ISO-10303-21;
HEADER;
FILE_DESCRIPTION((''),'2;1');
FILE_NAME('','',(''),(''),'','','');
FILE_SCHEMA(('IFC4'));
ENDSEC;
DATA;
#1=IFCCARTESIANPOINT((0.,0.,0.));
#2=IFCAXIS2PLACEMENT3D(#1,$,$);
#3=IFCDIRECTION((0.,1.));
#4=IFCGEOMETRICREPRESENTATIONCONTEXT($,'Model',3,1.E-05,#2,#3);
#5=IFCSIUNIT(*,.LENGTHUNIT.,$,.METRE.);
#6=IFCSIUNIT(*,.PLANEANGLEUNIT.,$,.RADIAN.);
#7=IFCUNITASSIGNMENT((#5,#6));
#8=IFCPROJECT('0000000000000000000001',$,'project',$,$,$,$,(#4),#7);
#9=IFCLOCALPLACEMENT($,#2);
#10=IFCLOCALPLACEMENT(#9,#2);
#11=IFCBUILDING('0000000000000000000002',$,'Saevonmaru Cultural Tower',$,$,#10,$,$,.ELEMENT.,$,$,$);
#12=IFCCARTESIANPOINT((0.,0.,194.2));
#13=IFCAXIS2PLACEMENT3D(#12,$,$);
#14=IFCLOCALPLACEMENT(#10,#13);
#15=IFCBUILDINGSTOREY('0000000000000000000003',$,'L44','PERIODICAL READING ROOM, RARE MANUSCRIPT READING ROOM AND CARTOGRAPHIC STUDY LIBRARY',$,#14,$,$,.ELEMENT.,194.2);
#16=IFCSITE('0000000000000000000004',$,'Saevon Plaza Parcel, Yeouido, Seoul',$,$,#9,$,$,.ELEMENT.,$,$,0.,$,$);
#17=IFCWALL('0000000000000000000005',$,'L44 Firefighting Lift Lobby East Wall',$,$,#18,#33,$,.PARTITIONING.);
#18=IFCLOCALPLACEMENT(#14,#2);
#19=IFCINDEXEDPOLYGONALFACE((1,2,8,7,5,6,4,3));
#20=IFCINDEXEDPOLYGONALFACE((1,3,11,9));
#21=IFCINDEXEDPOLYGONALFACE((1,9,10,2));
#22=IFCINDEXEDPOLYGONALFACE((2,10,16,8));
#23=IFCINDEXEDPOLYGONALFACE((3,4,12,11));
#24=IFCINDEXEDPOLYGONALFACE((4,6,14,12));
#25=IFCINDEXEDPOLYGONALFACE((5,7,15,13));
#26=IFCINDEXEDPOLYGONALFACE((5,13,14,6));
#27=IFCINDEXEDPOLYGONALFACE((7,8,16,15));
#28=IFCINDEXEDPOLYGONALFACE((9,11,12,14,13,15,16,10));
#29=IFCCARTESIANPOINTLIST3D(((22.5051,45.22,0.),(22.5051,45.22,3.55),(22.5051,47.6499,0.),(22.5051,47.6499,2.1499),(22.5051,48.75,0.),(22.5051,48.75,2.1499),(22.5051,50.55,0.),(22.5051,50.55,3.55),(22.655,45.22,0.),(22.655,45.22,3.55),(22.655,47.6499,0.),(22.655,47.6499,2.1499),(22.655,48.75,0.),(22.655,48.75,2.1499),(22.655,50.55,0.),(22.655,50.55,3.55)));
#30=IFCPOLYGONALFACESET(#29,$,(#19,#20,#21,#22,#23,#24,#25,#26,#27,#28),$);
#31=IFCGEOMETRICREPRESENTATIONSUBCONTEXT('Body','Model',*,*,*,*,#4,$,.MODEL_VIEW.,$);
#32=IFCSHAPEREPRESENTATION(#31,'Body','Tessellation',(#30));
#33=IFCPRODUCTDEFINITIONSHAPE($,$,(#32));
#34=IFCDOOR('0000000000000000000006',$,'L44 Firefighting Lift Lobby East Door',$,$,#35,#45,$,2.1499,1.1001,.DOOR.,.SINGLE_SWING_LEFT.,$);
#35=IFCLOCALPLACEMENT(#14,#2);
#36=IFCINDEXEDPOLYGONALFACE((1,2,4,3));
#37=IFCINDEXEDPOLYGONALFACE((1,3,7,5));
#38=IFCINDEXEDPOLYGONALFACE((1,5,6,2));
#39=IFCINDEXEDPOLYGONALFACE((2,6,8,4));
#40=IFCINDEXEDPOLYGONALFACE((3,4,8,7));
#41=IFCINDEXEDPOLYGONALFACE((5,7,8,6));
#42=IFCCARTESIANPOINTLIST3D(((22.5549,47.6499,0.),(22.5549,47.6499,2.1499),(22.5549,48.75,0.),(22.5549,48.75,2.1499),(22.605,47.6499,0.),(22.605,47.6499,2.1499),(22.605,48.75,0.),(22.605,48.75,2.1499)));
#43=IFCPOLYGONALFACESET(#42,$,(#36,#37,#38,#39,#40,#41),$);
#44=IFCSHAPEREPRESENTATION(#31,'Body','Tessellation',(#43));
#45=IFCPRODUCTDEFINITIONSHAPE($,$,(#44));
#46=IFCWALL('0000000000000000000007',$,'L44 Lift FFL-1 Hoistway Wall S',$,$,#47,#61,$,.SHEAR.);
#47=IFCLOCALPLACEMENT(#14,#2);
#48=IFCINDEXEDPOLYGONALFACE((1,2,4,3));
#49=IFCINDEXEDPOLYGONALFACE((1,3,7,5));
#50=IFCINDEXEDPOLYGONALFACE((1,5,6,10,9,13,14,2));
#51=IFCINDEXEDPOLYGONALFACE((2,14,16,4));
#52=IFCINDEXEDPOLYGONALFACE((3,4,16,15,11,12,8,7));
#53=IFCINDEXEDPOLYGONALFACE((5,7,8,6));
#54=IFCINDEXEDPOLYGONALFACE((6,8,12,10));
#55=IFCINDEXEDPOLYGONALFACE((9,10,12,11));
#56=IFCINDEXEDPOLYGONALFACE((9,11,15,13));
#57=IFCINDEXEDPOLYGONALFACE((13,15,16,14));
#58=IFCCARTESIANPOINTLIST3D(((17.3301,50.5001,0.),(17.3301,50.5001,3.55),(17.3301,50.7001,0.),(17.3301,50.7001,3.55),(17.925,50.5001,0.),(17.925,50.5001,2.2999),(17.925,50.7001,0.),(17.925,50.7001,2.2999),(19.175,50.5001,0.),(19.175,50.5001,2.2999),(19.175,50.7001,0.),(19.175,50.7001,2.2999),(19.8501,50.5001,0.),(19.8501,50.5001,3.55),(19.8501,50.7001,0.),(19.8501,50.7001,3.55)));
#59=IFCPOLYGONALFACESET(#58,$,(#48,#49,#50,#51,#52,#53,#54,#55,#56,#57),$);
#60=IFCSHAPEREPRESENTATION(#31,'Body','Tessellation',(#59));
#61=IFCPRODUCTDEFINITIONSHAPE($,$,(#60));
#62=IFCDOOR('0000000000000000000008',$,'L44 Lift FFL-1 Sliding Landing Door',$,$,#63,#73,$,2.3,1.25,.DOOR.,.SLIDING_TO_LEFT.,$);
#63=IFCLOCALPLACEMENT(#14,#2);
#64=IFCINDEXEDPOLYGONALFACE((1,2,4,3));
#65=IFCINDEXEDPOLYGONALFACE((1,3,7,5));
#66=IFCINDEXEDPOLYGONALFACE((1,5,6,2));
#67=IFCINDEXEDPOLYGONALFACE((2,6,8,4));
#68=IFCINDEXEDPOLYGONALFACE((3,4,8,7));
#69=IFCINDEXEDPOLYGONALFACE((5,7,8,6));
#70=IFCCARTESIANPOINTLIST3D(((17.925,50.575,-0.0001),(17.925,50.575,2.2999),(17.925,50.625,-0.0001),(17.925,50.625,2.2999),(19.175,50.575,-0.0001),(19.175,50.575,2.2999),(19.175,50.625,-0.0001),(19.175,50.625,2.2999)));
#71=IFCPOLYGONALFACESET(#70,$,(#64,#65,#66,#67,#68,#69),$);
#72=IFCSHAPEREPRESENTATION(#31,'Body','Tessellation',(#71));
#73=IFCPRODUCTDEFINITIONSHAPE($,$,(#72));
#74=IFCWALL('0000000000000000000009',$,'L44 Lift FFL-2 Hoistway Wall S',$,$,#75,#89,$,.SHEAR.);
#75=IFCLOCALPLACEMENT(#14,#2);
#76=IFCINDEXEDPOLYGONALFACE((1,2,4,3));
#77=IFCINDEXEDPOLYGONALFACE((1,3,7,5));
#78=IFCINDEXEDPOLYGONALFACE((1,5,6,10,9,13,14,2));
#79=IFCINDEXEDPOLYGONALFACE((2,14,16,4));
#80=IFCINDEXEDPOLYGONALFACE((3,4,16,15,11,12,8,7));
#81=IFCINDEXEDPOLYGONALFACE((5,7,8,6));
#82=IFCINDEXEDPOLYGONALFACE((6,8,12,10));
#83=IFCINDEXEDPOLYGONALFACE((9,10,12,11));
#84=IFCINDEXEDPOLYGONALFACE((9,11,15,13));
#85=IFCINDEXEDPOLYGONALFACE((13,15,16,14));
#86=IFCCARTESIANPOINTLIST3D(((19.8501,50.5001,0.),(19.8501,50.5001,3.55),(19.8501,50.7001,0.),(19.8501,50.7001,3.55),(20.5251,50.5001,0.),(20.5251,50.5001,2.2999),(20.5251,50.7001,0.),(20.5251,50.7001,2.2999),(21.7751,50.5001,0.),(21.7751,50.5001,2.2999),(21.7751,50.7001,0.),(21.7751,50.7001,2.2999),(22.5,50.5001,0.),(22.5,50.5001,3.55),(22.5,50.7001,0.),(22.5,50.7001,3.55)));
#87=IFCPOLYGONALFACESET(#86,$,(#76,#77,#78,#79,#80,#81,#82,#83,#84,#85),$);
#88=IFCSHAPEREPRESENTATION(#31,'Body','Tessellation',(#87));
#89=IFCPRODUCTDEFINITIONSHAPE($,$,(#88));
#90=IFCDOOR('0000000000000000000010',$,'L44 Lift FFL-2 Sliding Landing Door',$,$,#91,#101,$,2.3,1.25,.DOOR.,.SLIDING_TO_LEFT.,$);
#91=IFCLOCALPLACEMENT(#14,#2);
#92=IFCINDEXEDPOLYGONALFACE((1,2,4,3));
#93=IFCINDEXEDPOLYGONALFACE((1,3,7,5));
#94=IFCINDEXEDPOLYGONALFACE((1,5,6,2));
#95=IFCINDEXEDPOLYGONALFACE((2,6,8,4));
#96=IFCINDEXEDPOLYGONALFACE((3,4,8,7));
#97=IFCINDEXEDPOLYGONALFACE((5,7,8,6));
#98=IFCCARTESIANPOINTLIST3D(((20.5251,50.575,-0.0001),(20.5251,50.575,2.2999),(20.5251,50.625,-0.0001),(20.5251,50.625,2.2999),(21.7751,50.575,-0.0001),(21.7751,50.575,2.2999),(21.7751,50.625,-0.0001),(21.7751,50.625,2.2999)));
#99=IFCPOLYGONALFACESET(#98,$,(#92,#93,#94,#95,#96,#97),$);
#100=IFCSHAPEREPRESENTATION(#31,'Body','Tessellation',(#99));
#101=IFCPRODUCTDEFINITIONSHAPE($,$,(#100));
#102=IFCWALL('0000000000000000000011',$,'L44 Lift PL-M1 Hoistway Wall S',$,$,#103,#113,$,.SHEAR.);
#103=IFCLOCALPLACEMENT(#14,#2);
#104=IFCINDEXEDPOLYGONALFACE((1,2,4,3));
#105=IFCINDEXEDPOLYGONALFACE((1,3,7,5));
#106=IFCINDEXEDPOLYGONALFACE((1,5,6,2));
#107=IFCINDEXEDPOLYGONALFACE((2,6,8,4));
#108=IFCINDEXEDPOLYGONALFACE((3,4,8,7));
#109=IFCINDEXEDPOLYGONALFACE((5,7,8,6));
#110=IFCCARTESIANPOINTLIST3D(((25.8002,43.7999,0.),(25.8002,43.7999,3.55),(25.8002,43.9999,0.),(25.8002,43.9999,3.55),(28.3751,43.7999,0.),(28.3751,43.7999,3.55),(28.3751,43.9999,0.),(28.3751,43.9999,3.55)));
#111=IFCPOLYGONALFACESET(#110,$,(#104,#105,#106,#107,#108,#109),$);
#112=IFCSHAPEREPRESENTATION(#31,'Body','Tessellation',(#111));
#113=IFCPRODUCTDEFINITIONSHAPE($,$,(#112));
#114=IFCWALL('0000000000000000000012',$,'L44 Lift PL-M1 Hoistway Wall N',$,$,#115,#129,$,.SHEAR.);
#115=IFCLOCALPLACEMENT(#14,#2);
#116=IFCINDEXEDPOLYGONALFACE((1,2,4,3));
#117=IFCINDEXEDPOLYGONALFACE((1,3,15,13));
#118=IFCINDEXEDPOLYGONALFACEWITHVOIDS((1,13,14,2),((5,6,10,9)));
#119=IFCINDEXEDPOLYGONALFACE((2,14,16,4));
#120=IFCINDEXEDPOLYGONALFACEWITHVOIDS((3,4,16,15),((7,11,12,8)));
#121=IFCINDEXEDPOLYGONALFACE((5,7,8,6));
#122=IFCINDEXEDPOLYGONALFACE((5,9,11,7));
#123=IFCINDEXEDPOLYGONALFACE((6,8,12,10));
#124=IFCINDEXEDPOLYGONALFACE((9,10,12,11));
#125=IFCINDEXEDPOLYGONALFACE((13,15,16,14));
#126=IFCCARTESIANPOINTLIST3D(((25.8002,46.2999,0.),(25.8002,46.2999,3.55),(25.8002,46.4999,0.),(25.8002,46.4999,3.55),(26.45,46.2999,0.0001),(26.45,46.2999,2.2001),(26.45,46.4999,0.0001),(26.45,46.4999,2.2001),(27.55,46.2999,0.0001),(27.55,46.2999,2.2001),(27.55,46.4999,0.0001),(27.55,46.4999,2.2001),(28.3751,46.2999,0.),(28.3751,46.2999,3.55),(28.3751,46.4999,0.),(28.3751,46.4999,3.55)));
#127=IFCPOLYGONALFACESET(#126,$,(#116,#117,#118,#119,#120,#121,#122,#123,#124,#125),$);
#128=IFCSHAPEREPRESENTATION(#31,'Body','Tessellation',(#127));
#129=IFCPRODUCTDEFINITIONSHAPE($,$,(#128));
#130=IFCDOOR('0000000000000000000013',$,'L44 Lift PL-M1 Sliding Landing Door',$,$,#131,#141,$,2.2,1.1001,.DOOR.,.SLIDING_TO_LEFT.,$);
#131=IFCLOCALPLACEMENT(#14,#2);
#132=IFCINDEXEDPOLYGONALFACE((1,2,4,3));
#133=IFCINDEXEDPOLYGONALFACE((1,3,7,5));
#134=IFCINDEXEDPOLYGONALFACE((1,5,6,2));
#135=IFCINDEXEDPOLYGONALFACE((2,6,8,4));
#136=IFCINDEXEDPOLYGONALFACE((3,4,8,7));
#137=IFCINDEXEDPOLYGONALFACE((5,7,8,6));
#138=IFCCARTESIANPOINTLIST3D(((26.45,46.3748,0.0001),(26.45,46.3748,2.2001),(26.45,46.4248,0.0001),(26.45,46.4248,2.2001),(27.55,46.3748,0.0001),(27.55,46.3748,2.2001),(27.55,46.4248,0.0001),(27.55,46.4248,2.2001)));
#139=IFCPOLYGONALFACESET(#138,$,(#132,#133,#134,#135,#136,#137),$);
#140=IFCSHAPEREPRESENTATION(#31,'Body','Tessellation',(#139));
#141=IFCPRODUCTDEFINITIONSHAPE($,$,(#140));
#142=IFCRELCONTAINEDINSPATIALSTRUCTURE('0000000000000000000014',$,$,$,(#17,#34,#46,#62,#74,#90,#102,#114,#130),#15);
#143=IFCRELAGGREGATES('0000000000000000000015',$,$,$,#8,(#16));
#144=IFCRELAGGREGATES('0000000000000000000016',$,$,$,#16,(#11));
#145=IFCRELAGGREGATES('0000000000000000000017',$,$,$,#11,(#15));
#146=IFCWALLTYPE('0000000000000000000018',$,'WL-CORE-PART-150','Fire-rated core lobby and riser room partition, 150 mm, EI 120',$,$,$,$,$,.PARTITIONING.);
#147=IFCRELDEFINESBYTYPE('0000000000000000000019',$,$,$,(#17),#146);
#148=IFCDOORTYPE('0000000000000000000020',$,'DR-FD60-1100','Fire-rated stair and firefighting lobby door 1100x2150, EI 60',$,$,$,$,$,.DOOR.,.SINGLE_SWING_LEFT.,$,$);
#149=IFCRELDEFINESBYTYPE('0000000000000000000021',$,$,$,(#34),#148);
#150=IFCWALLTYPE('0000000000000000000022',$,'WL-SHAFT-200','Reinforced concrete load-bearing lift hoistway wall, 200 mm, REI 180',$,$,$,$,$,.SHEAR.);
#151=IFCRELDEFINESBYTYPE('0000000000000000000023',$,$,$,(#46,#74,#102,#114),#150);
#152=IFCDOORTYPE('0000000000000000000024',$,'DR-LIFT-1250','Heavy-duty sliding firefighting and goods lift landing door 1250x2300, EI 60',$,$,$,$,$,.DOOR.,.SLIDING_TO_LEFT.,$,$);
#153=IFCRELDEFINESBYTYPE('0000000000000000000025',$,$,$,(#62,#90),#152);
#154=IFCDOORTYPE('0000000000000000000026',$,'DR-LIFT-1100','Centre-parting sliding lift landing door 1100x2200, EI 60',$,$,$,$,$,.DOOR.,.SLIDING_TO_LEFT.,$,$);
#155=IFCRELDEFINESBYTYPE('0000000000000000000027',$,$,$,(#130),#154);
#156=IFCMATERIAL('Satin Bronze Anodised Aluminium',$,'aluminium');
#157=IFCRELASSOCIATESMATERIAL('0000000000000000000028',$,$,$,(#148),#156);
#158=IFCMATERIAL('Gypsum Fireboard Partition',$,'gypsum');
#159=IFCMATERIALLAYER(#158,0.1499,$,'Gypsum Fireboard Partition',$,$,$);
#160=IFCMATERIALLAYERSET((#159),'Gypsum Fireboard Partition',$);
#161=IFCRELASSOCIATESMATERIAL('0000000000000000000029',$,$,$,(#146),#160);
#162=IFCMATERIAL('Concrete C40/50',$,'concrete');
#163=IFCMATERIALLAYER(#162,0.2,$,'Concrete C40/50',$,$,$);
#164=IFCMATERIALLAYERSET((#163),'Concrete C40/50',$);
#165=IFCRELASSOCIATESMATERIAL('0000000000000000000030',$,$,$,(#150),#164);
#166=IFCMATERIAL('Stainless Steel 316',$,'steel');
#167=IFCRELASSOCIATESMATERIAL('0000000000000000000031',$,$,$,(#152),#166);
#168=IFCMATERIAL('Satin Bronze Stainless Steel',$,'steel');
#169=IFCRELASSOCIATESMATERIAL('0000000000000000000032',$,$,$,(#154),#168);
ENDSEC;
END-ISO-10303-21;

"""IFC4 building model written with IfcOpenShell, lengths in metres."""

from ifc_helpers import new_model, si_unit, direction, frame, frame_2d, origin, place, context, subcontext, project, spatial, rectangle, extrude, material, layer, layer_set, type_object, element, fill, save


model = new_model("IFC4")

# Units and contexts
model_context = context("Model", 3, precision=1e-05, world=origin(), true_north=direction((0.0, 1.0)))
body_context = subcontext(model_context, "Body", "Model", "MODEL_VIEW")
ifc_project = project(units=[si_unit("LENGTHUNIT", "METRE"), si_unit("PLANEANGLEUNIT", "RADIAN")], contexts=[model_context])

# Site, building, storey
site_placement = place(None, origin())
site = spatial("IfcSite", under=ifc_project, at=site_placement, Name="Saevon Plaza Parcel, Yeouido, Seoul", CompositionType="ELEMENT", RefElevation=0.0)
building_placement = place(site_placement, origin())
building = spatial("IfcBuilding", under=site, at=building_placement, Name="Saevonmaru Cultural Tower", CompositionType="ELEMENT")
storey_placement = place(building_placement, frame((0.0, 0.0, 194.2)))
storey = spatial("IfcBuildingStorey", under=building, at=storey_placement, Name="L44", Description="PERIODICAL READING ROOM, RARE MANUSCRIPT READING ROOM AND CARTOGRAPHIC STUDY LIBRARY", CompositionType="ELEMENT", Elevation=194.2)

# Shared definitions
ifc_material_1 = material(Name="Satin Bronze Anodised Aluminium", Category="aluminium")
door_type_1 = type_object("IfcDoorType", Name="DR-FD60-1100", Description="Fire-rated stair and firefighting lobby door 1100x2150, EI 60", OperationType="SINGLE_SWING_LEFT", PredefinedType="DOOR", material=ifc_material_1)

# Walls, openings, doors
ifc_material_2 = material(Name="Gypsum Fireboard Partition", Category="gypsum")
ifc_layer_1 = layer(ifc_material_2, 0.1499, Name="Gypsum Fireboard Partition")
ifc_layer_set_1 = layer_set([ifc_layer_1], Name="Gypsum Fireboard Partition")
wall_type_1 = type_object("IfcWallType", Name="WL-CORE-PART-150", Description="Fire-rated core lobby and riser room partition, 150 mm, EI 120", PredefinedType="PARTITIONING", material=ifc_layer_set_1)
wall_1_placement = place(storey_placement, frame((22.5801, 50.55, 0.0), z_axis=(0.0, 0.0, 1.0), x_axis=(0.0, -1.0, 0.0)))
wall_1 = element("IfcWall", 1, at=wall_1_placement, inside=storey, type_object=wall_type_1, Name="L44 Firefighting Lift Lobby East Wall", PredefinedType="PARTITIONING", context=body_context, shape_type="SweptSolid", body=[
    extrude(rectangle(XDim=5.3301, YDim=0.1499, at=frame_2d((2.665, 0.0))), origin(), (0.0, 0.0, 1.0), 3.55),
])
opening_1_placement = place(wall_1_placement, frame((1.8, 0.0, 0.0)))
opening_1 = element("IfcOpeningElement", 2, at=opening_1_placement, cuts=wall_1, PredefinedType="OPENING", context=body_context, shape_type="SweptSolid", body=[
    extrude(rectangle(XDim=1.1001, YDim=2.1499, at=frame_2d((0.55, 1.075))), frame((0.0, 0.085, 0.0), z_axis=(0.0, -1.0, 0.0), x_axis=(1.0, 0.0, 0.0)), (0.0, 0.0, 1.0), 0.1699),
])
door_1_placement = place(opening_1_placement, origin())
door_1 = element("IfcDoor", 3, at=door_1_placement, inside=storey, type_object=door_type_1, Name="L44 Firefighting Lift Lobby East Door", OperationType="SINGLE_SWING_LEFT", OverallHeight=2.1499, OverallWidth=1.1001, PredefinedType="DOOR", context=body_context, shape_type="SweptSolid", body=[
    extrude(rectangle(XDim=1.1001, YDim=2.1499, at=frame_2d((0.55, 1.075))), frame((0.0, 0.0249, 0.0), z_axis=(0.0, -1.0, 0.0), x_axis=(1.0, 0.0, 0.0)), (0.0, 0.0, 1.0), 0.05),
])
fill(opening_1, door_1)
ifc_material_3 = material(Name="Concrete C40/50", Category="concrete")
ifc_layer_2 = layer(ifc_material_3, 0.2, Name="Concrete C40/50")
ifc_layer_set_2 = layer_set([ifc_layer_2], Name="Concrete C40/50")
wall_type_2 = type_object("IfcWallType", Name="WL-SHAFT-200", Description="Reinforced concrete load-bearing lift hoistway wall, 200 mm, REI 180", PredefinedType="SHEAR", material=ifc_layer_set_2)
wall_2_placement = place(storey_placement, frame((17.3301, 50.6001, 0.0), z_axis=(0.0, 0.0, 1.0), x_axis=(1.0, 0.0, 0.0)))
wall_2 = element("IfcWall", 4, at=wall_2_placement, inside=storey, type_object=wall_type_2, Name="L44 Lift FFL-1 Hoistway Wall S", PredefinedType="SHEAR", context=body_context, shape_type="SweptSolid", body=[
    extrude(rectangle(XDim=2.52, YDim=0.2, at=frame_2d((1.26, 0.0))), origin(), (0.0, 0.0, 1.0), 3.55),
])
opening_2_placement = place(wall_2_placement, frame((0.595, 0.0, 0.0)))
opening_2 = element("IfcOpeningElement", 5, at=opening_2_placement, cuts=wall_2, PredefinedType="OPENING", context=body_context, shape_type="SweptSolid", body=[
    extrude(rectangle(XDim=1.25, YDim=2.3, at=frame_2d((0.625, 1.1499))), frame((0.0, 0.1099, 0.0), z_axis=(0.0, -1.0, 0.0), x_axis=(1.0, 0.0, 0.0)), (0.0, 0.0, 1.0), 0.22),
])
ifc_material_4 = material(Name="Stainless Steel 316", Category="steel")
door_type_2 = type_object("IfcDoorType", Name="DR-LIFT-1250", Description="Heavy-duty sliding firefighting and goods lift landing door 1250x2300, EI 60", OperationType="SLIDING_TO_LEFT", PredefinedType="DOOR", material=ifc_material_4)
door_2_placement = place(opening_2_placement, origin())
door_2 = element("IfcDoor", 6, at=door_2_placement, inside=storey, type_object=door_type_2, Name="L44 Lift FFL-1 Sliding Landing Door", OperationType="SLIDING_TO_LEFT", OverallHeight=2.3, OverallWidth=1.25, PredefinedType="DOOR", context=body_context, shape_type="SweptSolid", body=[
    extrude(rectangle(XDim=1.25, YDim=2.3, at=frame_2d((0.625, 1.1499))), frame((0.0, 0.0249, 0.0), z_axis=(0.0, -1.0, 0.0), x_axis=(1.0, 0.0, 0.0)), (0.0, 0.0, 1.0), 0.05),
])
fill(opening_2, door_2)
wall_3_placement = place(storey_placement, frame((19.8501, 50.6001, 0.0), z_axis=(0.0, 0.0, 1.0), x_axis=(1.0, 0.0, 0.0)))
wall_3 = element("IfcWall", 7, at=wall_3_placement, inside=storey, type_object=wall_type_2, Name="L44 Lift FFL-2 Hoistway Wall S", PredefinedType="SHEAR", context=body_context, shape_type="SweptSolid", body=[
    extrude(rectangle(XDim=2.6499, YDim=0.2, at=frame_2d((1.325, 0.0))), origin(), (0.0, 0.0, 1.0), 3.55),
])
opening_3_placement = place(wall_3_placement, frame((0.675, 0.0, 0.0)))
opening_3 = element("IfcOpeningElement", 8, at=opening_3_placement, cuts=wall_3, PredefinedType="OPENING", context=body_context, shape_type="SweptSolid", body=[
    extrude(rectangle(XDim=1.25, YDim=2.3, at=frame_2d((0.625, 1.1499))), frame((0.0, 0.1099, 0.0), z_axis=(0.0, -1.0, 0.0), x_axis=(1.0, 0.0, 0.0)), (0.0, 0.0, 1.0), 0.22),
])
door_3_placement = place(opening_3_placement, origin())
door_3 = element("IfcDoor", 9, at=door_3_placement, inside=storey, type_object=door_type_2, Name="L44 Lift FFL-2 Sliding Landing Door", OperationType="SLIDING_TO_LEFT", OverallHeight=2.3, OverallWidth=1.25, PredefinedType="DOOR", context=body_context, shape_type="SweptSolid", body=[
    extrude(rectangle(XDim=1.25, YDim=2.3, at=frame_2d((0.625, 1.1499))), frame((0.0, 0.0249, 0.0), z_axis=(0.0, -1.0, 0.0), x_axis=(1.0, 0.0, 0.0)), (0.0, 0.0, 1.0), 0.05),
])
fill(opening_3, door_3)

# Wall
wall_4_placement = place(storey_placement, frame((25.8, 43.8999, 0.0), z_axis=(0.0, 0.0, 1.0), x_axis=(1.0, 0.0, 0.0)))
element("IfcWall", 10, at=wall_4_placement, inside=storey, type_object=wall_type_2, Name="L44 Lift PL-M1 Hoistway Wall S", PredefinedType="SHEAR", context=body_context, shape_type="SweptSolid", body=[
    extrude(rectangle(XDim=2.575, YDim=0.2, at=frame_2d((1.2876, 0.0))), origin(), (0.0, 0.0, 1.0), 3.55),
])

# Wall, opening, door
wall_5_placement = place(storey_placement, frame((25.8, 46.3999, 0.0), z_axis=(0.0, 0.0, 1.0), x_axis=(1.0, 0.0, 0.0)))
wall_5 = element("IfcWall", 11, at=wall_5_placement, inside=storey, type_object=wall_type_2, Name="L44 Lift PL-M1 Hoistway Wall N", PredefinedType="SHEAR", context=body_context, shape_type="SweptSolid", body=[
    extrude(rectangle(XDim=2.575, YDim=0.2, at=frame_2d((1.2876, 0.0))), origin(), (0.0, 0.0, 1.0), 3.55),
])
opening_4_placement = place(wall_5_placement, frame((0.6499, 0.0, 0.0)))
opening_4 = element("IfcOpeningElement", 12, at=opening_4_placement, cuts=wall_5, PredefinedType="OPENING", context=body_context, shape_type="SweptSolid", body=[
    extrude(rectangle(XDim=1.1001, YDim=2.2, at=frame_2d((0.55, 1.1001))), frame((0.0, 0.1099, 0.0), z_axis=(0.0, -1.0, 0.0), x_axis=(1.0, 0.0, 0.0)), (0.0, 0.0, 1.0), 0.22),
])
ifc_material_5 = material(Name="Satin Bronze Stainless Steel", Category="steel")
door_type_3 = type_object("IfcDoorType", Name="DR-LIFT-1100", Description="Centre-parting sliding lift landing door 1100x2200, EI 60", OperationType="SLIDING_TO_LEFT", PredefinedType="DOOR", material=ifc_material_5)
door_4_placement = place(opening_4_placement, origin())
door_4 = element("IfcDoor", 13, at=door_4_placement, inside=storey, type_object=door_type_3, Name="L44 Lift PL-M1 Sliding Landing Door", OperationType="SLIDING_TO_LEFT", OverallHeight=2.2, OverallWidth=1.1001, PredefinedType="DOOR", context=body_context, shape_type="SweptSolid", body=[
    extrude(rectangle(XDim=1.1001, YDim=2.2, at=frame_2d((0.55, 1.1001))), frame((0.0, 0.0249, 0.0), z_axis=(0.0, -1.0, 0.0), x_axis=(1.0, 0.0, 0.0)), (0.0, 0.0, 1.0), 0.05),
])
fill(opening_4, door_4)

save(model, "model.ifc")
